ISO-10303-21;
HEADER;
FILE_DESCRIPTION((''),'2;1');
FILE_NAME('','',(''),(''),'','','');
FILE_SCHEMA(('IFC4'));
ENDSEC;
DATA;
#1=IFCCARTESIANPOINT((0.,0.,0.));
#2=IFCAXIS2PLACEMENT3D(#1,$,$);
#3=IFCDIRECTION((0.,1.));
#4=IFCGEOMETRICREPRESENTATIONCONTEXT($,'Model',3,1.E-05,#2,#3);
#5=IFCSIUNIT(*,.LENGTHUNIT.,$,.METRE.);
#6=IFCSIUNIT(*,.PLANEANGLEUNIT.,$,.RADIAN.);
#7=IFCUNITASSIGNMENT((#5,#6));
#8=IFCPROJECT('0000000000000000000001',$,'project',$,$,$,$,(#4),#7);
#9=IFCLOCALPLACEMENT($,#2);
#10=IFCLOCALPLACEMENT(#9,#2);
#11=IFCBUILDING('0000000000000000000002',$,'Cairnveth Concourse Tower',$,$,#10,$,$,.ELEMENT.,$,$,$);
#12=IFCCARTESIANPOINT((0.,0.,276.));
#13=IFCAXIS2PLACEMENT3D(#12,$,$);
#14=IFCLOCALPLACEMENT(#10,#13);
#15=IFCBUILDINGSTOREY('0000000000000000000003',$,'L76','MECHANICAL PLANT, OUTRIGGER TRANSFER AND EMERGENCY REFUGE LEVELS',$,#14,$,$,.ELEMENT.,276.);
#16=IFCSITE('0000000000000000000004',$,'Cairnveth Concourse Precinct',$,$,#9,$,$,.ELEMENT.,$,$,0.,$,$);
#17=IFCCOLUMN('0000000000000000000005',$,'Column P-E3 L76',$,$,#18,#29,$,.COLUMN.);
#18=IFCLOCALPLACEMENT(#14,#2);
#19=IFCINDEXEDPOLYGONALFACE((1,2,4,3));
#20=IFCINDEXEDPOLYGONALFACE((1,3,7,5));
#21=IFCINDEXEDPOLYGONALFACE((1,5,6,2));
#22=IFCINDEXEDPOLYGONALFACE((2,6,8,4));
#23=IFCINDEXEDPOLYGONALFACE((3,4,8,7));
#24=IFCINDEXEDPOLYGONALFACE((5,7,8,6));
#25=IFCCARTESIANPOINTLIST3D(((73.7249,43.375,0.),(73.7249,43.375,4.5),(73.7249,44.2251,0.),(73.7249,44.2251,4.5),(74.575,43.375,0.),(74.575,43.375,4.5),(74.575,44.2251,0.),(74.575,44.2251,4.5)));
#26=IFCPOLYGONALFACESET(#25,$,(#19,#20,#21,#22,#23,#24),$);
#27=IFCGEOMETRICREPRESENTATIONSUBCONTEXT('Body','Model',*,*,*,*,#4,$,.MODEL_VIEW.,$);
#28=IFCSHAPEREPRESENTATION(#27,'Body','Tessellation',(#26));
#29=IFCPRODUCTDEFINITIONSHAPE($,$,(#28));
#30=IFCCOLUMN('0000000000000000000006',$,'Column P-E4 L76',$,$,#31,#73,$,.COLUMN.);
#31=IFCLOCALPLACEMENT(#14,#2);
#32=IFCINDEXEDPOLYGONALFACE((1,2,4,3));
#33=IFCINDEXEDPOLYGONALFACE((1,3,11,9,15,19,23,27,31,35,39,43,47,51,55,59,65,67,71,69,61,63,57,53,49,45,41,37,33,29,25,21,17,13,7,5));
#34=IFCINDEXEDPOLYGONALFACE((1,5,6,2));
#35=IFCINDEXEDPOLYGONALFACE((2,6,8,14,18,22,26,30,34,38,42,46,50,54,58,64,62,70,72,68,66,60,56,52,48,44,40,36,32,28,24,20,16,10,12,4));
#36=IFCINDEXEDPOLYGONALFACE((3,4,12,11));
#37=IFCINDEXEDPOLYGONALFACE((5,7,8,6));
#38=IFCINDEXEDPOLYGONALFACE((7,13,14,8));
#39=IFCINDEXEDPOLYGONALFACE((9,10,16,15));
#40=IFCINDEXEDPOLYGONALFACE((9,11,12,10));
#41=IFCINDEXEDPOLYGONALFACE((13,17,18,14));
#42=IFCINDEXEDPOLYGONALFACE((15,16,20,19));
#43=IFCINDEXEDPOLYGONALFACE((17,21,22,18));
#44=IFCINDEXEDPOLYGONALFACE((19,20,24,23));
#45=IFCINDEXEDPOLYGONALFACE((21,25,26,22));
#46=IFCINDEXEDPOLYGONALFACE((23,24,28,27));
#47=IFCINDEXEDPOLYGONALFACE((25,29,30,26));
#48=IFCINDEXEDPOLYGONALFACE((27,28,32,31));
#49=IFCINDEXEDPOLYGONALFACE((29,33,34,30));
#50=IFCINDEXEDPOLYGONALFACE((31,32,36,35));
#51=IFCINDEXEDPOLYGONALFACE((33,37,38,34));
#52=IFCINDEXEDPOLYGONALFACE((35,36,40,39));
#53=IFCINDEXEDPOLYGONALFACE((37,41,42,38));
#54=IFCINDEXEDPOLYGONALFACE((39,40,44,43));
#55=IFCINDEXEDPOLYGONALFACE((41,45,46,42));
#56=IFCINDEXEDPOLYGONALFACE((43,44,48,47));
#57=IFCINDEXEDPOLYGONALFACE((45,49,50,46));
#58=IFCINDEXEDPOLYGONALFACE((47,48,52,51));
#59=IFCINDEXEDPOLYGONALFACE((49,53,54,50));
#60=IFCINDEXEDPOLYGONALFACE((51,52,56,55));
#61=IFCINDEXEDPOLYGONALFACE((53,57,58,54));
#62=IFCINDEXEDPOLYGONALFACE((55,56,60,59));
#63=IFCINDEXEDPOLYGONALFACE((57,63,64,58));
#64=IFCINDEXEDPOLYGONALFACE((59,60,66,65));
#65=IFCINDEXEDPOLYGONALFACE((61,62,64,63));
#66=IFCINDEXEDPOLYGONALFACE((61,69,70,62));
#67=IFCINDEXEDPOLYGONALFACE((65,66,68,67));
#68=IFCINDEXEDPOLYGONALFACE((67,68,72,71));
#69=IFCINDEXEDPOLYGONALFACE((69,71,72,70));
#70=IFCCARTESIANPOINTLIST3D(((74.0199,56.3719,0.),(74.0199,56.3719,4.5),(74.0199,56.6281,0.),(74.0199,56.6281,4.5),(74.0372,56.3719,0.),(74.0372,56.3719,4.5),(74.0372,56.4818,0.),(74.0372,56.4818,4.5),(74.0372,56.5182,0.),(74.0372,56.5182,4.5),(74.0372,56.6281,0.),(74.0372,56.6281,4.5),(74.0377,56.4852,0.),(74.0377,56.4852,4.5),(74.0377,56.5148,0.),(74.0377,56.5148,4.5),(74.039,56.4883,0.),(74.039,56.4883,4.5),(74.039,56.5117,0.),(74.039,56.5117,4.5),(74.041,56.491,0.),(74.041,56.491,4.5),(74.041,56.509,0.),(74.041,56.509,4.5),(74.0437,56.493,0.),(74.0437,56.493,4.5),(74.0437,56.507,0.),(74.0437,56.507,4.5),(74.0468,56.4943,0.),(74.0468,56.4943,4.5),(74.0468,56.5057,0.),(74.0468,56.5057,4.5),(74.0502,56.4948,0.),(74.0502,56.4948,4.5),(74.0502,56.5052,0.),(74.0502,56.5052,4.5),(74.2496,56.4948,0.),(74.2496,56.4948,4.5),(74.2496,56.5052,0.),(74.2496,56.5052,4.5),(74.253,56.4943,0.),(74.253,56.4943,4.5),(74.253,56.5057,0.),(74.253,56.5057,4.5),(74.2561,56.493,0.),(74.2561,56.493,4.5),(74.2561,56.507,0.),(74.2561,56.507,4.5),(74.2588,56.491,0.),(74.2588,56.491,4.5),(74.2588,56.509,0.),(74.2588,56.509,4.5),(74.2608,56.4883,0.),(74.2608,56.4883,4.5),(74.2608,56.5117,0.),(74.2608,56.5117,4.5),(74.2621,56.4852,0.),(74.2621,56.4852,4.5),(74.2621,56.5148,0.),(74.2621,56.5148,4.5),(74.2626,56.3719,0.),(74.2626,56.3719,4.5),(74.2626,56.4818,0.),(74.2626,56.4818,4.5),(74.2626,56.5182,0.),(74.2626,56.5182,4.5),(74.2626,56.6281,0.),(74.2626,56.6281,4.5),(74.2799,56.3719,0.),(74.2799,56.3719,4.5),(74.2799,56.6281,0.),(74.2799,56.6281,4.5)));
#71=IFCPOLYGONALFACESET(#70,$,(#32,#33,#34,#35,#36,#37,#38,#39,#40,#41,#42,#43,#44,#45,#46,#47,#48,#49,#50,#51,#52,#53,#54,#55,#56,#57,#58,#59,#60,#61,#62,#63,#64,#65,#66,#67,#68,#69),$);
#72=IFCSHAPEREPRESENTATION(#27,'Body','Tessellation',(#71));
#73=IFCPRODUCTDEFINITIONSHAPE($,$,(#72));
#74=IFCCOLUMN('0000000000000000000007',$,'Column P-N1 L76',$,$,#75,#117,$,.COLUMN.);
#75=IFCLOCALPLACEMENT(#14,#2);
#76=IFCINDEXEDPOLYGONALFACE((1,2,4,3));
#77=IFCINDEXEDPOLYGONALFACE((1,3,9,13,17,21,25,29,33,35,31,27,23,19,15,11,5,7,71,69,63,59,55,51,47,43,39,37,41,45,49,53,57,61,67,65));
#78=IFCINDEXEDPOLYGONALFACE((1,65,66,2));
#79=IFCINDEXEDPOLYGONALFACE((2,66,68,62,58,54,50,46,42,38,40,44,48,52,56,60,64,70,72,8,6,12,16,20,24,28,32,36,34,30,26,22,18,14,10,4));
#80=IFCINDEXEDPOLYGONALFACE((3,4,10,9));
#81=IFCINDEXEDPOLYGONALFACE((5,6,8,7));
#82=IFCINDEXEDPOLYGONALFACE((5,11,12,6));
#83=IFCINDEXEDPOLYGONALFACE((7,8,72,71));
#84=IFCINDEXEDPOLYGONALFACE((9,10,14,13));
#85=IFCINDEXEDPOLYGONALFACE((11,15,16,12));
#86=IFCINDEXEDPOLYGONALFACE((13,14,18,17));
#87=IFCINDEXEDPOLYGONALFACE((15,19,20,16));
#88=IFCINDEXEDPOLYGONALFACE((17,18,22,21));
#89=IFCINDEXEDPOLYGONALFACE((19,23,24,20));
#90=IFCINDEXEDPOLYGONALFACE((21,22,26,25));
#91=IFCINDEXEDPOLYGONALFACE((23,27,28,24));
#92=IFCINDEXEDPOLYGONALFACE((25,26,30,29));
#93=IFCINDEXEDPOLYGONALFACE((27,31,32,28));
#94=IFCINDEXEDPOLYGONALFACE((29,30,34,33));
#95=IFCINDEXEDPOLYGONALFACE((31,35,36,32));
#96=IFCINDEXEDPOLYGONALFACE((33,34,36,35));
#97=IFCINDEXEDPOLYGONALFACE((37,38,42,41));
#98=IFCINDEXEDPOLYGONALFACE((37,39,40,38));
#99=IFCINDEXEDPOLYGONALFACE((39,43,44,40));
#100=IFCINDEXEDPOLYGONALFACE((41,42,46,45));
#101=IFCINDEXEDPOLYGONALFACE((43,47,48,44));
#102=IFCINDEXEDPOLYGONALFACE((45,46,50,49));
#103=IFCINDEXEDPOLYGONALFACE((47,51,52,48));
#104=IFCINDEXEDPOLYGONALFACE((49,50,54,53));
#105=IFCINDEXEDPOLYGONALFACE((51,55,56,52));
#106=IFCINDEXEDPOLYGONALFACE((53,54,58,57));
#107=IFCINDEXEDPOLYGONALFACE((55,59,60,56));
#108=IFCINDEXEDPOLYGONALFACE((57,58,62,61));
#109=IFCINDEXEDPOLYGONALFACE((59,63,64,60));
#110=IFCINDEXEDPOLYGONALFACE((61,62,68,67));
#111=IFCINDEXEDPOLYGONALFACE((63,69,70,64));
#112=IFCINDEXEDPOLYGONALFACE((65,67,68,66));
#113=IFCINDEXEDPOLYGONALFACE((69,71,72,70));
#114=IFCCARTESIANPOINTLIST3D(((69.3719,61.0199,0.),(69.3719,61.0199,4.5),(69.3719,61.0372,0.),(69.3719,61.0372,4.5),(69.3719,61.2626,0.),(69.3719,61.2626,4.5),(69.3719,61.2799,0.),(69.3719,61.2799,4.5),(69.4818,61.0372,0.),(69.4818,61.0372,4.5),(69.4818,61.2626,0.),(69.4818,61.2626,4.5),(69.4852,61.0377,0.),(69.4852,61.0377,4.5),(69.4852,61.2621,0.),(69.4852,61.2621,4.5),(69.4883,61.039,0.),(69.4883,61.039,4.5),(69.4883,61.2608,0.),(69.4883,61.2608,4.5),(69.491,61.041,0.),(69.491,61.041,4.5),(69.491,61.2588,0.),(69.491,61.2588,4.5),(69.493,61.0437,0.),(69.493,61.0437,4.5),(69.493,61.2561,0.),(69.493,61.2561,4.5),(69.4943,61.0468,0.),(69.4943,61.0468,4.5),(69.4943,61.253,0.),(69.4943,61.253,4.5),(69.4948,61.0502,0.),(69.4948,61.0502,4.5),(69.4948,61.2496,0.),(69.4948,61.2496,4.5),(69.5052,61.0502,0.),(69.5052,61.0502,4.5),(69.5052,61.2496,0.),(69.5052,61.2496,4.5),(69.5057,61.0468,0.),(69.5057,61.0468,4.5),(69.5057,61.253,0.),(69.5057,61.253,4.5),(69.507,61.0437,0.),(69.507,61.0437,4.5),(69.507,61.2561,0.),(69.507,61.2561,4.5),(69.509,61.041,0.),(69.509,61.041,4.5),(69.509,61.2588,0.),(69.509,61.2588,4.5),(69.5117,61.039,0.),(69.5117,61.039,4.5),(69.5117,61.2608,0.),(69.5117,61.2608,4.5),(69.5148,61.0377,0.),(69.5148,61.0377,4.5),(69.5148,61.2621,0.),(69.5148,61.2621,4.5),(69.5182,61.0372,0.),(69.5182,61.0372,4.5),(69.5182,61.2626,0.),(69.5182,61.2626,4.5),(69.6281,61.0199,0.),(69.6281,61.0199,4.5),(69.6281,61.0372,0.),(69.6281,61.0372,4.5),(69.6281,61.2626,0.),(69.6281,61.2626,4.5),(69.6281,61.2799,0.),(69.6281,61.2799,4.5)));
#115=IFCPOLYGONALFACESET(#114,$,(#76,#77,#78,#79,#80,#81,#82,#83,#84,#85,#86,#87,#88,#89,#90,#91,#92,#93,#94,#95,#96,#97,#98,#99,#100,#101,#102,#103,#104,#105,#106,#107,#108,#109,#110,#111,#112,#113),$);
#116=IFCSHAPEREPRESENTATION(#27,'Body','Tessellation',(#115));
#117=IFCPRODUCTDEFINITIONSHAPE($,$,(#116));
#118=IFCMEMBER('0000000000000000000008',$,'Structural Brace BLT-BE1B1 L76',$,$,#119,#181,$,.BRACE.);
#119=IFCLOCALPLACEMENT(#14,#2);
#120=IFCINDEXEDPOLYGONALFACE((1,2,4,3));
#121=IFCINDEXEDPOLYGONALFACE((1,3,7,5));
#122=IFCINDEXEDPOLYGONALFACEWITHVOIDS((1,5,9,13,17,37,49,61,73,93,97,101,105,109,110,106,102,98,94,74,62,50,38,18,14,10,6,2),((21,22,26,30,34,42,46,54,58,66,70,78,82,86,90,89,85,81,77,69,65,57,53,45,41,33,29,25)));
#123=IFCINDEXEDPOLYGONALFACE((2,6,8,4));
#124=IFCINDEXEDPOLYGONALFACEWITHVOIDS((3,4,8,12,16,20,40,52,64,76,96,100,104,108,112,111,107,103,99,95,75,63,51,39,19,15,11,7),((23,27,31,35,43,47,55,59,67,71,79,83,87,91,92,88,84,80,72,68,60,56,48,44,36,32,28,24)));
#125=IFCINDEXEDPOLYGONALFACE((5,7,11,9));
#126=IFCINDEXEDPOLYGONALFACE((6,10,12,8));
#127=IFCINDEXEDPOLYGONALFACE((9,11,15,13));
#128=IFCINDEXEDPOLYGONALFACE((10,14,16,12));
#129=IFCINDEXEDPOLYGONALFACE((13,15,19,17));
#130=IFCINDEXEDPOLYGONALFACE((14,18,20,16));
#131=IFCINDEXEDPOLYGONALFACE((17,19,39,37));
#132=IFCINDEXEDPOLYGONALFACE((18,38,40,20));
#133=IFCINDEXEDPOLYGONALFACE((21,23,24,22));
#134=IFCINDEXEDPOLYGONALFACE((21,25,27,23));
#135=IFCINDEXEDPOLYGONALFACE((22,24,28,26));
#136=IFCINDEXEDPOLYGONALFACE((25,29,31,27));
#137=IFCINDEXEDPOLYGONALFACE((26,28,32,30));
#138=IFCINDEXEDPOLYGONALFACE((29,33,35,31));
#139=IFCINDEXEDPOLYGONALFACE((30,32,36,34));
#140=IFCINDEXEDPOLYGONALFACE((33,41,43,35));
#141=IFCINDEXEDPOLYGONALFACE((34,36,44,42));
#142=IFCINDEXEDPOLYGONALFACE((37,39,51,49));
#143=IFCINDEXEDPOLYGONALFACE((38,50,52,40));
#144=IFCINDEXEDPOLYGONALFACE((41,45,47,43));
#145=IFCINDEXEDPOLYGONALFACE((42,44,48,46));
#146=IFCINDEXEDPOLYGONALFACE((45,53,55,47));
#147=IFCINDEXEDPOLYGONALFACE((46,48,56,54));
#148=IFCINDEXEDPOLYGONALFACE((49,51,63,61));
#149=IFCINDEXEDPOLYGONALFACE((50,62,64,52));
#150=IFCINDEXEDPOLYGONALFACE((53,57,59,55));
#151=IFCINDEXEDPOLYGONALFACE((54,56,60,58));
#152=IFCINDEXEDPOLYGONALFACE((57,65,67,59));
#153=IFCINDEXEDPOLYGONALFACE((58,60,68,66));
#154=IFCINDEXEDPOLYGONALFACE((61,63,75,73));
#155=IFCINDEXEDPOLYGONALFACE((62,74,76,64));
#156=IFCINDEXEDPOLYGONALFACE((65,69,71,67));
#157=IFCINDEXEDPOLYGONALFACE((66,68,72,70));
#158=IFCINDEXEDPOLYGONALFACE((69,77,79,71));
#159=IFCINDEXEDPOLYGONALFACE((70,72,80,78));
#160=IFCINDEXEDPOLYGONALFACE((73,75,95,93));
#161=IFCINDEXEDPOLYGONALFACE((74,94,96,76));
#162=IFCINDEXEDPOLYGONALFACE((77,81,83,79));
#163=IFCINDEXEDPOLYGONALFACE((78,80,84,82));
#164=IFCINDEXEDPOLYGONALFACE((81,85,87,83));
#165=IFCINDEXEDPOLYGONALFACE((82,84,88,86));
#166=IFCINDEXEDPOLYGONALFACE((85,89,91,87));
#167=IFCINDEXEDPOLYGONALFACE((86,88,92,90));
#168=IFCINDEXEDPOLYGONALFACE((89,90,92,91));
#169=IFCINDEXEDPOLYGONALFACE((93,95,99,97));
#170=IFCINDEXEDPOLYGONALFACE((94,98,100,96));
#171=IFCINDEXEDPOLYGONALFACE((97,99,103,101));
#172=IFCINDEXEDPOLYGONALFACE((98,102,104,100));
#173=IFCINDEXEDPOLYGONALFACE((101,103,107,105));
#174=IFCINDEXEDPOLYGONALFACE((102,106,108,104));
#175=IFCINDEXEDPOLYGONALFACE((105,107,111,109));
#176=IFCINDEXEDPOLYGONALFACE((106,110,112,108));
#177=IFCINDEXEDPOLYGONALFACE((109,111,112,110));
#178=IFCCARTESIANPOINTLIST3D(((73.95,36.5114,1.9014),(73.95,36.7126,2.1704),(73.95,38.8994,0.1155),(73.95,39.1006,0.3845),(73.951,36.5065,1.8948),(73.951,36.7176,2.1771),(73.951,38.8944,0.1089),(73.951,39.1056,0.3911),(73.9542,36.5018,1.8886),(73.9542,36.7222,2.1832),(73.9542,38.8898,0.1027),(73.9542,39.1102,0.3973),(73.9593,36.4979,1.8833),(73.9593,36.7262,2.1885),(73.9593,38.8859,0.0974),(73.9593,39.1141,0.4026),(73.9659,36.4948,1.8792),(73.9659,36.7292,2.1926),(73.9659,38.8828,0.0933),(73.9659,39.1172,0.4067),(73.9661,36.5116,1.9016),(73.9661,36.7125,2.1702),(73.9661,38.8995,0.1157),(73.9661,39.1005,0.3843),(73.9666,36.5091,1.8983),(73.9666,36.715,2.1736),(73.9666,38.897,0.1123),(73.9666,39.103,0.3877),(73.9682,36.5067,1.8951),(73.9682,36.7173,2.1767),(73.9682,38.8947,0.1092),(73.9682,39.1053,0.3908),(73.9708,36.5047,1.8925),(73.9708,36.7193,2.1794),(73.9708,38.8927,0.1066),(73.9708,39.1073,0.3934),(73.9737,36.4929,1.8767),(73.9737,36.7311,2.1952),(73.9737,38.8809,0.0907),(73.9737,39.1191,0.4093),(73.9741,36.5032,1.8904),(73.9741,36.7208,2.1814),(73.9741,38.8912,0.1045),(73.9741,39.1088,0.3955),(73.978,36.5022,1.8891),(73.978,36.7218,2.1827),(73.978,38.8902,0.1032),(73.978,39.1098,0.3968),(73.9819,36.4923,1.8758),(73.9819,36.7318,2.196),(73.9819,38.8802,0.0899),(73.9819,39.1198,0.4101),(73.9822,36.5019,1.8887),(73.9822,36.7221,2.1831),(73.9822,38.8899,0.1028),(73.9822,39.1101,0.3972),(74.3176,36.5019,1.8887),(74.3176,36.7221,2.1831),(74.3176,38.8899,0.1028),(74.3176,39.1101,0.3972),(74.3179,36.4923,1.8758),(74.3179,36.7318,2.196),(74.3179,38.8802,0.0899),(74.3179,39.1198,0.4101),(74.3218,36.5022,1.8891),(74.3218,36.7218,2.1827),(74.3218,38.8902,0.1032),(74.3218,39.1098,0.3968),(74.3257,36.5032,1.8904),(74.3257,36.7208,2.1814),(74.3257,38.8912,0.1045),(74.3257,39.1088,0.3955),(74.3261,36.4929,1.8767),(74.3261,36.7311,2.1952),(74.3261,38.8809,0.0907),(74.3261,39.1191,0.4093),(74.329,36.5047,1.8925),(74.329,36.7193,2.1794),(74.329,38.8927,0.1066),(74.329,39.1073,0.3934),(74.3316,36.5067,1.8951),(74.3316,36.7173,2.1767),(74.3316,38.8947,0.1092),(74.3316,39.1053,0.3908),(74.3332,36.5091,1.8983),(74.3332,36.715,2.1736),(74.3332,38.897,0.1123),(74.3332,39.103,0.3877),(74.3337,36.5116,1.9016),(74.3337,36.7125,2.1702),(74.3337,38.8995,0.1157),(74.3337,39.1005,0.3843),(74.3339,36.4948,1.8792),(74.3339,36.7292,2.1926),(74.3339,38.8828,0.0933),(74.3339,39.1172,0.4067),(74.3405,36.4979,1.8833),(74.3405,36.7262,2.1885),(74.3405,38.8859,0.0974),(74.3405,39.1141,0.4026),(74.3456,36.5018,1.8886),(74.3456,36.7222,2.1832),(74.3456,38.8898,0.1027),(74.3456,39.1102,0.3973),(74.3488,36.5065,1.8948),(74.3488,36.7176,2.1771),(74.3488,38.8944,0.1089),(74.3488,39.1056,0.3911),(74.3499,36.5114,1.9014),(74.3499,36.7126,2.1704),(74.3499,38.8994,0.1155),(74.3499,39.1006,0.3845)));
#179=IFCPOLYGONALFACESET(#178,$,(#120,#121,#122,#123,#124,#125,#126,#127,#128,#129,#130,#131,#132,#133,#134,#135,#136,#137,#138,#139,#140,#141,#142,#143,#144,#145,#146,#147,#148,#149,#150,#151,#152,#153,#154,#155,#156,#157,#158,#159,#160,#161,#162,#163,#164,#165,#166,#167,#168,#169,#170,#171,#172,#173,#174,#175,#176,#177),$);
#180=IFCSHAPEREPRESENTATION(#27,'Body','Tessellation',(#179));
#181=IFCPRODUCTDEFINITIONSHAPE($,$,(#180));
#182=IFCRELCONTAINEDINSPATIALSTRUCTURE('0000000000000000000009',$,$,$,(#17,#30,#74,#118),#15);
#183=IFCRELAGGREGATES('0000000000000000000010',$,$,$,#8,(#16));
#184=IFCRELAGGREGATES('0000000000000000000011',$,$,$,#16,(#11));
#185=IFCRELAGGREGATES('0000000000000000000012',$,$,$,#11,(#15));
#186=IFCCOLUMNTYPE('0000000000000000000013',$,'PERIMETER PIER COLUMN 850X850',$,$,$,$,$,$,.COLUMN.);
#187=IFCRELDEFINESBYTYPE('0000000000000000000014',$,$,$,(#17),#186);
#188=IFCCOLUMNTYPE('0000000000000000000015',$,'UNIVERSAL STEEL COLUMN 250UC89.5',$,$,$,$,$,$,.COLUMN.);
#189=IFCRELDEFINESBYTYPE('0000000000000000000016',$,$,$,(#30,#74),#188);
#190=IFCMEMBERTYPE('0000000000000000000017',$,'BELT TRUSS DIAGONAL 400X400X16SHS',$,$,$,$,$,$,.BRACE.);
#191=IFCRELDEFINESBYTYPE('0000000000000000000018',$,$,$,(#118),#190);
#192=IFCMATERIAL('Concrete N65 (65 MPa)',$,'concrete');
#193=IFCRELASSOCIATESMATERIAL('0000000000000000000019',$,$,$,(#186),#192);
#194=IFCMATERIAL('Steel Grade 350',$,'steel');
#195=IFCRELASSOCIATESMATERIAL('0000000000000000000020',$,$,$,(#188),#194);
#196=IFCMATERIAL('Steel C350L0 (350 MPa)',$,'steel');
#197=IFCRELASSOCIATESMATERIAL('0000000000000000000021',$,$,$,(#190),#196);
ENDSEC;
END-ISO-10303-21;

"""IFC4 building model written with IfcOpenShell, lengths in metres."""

from ifc_helpers import new_model, si_unit, direction, frame, origin, origin_2d, place, context, subcontext, project, spatial, rectangle, hollow_rectangle, i_section, extrude, material, material_profile, profile_set, type_object, element, save


model = new_model("IFC4")

# Units and contexts
model_context = context("Model", 3, precision=1e-05, world=origin(), true_north=direction((0.0, 1.0)))
body_context = subcontext(model_context, "Body", "Model", "MODEL_VIEW")
ifc_project = project(units=[si_unit("LENGTHUNIT", "METRE"), si_unit("PLANEANGLEUNIT", "RADIAN")], contexts=[model_context])

# Site, building, storey
site_placement = place(None, origin())
site = spatial("IfcSite", under=ifc_project, at=site_placement, Name="Cairnveth Concourse Precinct", CompositionType="ELEMENT", RefElevation=0.0)
building_placement = place(site_placement, origin())
building = spatial("IfcBuilding", under=site, at=building_placement, Name="Cairnveth Concourse Tower", CompositionType="ELEMENT")
storey_placement = place(building_placement, frame((0.0, 0.0, 276.0)))
storey = spatial("IfcBuildingStorey", under=building, at=storey_placement, Name="L76", Description="MECHANICAL PLANT, OUTRIGGER TRANSFER AND EMERGENCY REFUGE LEVELS", CompositionType="ELEMENT", Elevation=276.0)

# Columns
ifc_material_1 = material(Name="Concrete N65 (65 MPa)", Category="concrete")
ifc_material_profile_1 = material_profile(ifc_material_1, rectangle(XDim=0.8501, YDim=0.8501, at=origin_2d()), Name="RC-COL-850x850")
ifc_profile_set_1 = profile_set([ifc_material_profile_1], Name="Concrete N65 (65 MPa)")
column_type_1 = type_object("IfcColumnType", Name="PERIMETER PIER COLUMN 850X850", PredefinedType="COLUMN", material=ifc_profile_set_1)
column_placement = place(storey_placement, frame((74.1499, 43.8, 0.0), z_axis=(0.0, 0.0, 1.0), x_axis=(0.0, 1.0, 0.0)))
element("IfcColumn", 1, at=column_placement, inside=storey, type_object=column_type_1, Name="Column P-E3 L76", PredefinedType="COLUMN", context=body_context, shape_type="SweptSolid", body=[
    extrude(rectangle(XDim=0.8501, YDim=0.8501, at=origin_2d()), origin(), (0.0, 0.0, 1.0), 4.5),
])
ifc_material_2 = material(Name="Steel Grade 350", Category="steel")
ifc_material_profile_2 = material_profile(ifc_material_2, i_section(OverallWidth=0.2561, OverallDepth=0.26, WebThickness=0.0105, FlangeThickness=0.0173, FilletRadius=0.0129, at=origin_2d()), Name="250UC89.5")
ifc_profile_set_2 = profile_set([ifc_material_profile_2], Name="Steel Grade 350")
column_type_2 = type_object("IfcColumnType", Name="UNIVERSAL STEEL COLUMN 250UC89.5", PredefinedType="COLUMN", material=ifc_profile_set_2)
for number, where, z_axis, x_axis, name in (
    (2, (74.1499, 56.5, 0.0), (0.0, 0.0, 1.0), (0.0, 1.0, 0.0), "Column P-E4 L76"),
    (3, (69.5, 61.1499, 0.0), (0.0, 0.0, 1.0), (1.0, 0.0, 0.0), "Column P-N1 L76"),
):
    element("IfcColumn", number, at=place(storey_placement, frame(where, z_axis=z_axis, x_axis=x_axis)), inside=storey, type_object=column_type_2, Name=name, PredefinedType="COLUMN", context=body_context, shape_type="SweptSolid", body=[
        extrude(i_section(OverallWidth=0.2561, OverallDepth=0.26, WebThickness=0.0105, FlangeThickness=0.0173, FilletRadius=0.0129, at=origin_2d()), origin(), (0.0, 0.0, 1.0), 4.5),
    ])

# Member
ifc_material_3 = material(Name="Steel C350L0 (350 MPa)", Category="steel")
ifc_material_profile_3 = material_profile(ifc_material_3, hollow_rectangle(XDim=0.3999, YDim=0.3999, WallThickness=0.0161, InnerFilletRadius=0.0161, OuterFilletRadius=0.032, at=origin_2d()), Name="400x400x16.0SHS")
ifc_profile_set_3 = profile_set([ifc_material_profile_3], Name="Steel C350L0 (350 MPa)")
member_type_1 = type_object("IfcMemberType", Name="BELT TRUSS DIAGONAL 400X400X16SHS", PredefinedType="BRACE", material=ifc_profile_set_3)
member_1_placement = place(storey_placement, frame((74.1499, 39.0, 0.25), z_axis=(0.0, -0.800815, 0.598912), x_axis=(1.0, 0.0, 0.0)))
element("IfcMember", 4, at=member_1_placement, inside=storey, type_object=member_type_1, Name="Structural Brace BLT-BE1B1 L76", PredefinedType="BRACE", context=body_context, shape_type="SweptSolid", body=[
    extrude(hollow_rectangle(XDim=0.3999, YDim=0.3999, WallThickness=0.0161, InnerFilletRadius=0.0161, OuterFilletRadius=0.032, at=origin_2d()), origin(), (0.0, 0.0, 1.0), 2.9819),
])

save(model, "model.ifc")
